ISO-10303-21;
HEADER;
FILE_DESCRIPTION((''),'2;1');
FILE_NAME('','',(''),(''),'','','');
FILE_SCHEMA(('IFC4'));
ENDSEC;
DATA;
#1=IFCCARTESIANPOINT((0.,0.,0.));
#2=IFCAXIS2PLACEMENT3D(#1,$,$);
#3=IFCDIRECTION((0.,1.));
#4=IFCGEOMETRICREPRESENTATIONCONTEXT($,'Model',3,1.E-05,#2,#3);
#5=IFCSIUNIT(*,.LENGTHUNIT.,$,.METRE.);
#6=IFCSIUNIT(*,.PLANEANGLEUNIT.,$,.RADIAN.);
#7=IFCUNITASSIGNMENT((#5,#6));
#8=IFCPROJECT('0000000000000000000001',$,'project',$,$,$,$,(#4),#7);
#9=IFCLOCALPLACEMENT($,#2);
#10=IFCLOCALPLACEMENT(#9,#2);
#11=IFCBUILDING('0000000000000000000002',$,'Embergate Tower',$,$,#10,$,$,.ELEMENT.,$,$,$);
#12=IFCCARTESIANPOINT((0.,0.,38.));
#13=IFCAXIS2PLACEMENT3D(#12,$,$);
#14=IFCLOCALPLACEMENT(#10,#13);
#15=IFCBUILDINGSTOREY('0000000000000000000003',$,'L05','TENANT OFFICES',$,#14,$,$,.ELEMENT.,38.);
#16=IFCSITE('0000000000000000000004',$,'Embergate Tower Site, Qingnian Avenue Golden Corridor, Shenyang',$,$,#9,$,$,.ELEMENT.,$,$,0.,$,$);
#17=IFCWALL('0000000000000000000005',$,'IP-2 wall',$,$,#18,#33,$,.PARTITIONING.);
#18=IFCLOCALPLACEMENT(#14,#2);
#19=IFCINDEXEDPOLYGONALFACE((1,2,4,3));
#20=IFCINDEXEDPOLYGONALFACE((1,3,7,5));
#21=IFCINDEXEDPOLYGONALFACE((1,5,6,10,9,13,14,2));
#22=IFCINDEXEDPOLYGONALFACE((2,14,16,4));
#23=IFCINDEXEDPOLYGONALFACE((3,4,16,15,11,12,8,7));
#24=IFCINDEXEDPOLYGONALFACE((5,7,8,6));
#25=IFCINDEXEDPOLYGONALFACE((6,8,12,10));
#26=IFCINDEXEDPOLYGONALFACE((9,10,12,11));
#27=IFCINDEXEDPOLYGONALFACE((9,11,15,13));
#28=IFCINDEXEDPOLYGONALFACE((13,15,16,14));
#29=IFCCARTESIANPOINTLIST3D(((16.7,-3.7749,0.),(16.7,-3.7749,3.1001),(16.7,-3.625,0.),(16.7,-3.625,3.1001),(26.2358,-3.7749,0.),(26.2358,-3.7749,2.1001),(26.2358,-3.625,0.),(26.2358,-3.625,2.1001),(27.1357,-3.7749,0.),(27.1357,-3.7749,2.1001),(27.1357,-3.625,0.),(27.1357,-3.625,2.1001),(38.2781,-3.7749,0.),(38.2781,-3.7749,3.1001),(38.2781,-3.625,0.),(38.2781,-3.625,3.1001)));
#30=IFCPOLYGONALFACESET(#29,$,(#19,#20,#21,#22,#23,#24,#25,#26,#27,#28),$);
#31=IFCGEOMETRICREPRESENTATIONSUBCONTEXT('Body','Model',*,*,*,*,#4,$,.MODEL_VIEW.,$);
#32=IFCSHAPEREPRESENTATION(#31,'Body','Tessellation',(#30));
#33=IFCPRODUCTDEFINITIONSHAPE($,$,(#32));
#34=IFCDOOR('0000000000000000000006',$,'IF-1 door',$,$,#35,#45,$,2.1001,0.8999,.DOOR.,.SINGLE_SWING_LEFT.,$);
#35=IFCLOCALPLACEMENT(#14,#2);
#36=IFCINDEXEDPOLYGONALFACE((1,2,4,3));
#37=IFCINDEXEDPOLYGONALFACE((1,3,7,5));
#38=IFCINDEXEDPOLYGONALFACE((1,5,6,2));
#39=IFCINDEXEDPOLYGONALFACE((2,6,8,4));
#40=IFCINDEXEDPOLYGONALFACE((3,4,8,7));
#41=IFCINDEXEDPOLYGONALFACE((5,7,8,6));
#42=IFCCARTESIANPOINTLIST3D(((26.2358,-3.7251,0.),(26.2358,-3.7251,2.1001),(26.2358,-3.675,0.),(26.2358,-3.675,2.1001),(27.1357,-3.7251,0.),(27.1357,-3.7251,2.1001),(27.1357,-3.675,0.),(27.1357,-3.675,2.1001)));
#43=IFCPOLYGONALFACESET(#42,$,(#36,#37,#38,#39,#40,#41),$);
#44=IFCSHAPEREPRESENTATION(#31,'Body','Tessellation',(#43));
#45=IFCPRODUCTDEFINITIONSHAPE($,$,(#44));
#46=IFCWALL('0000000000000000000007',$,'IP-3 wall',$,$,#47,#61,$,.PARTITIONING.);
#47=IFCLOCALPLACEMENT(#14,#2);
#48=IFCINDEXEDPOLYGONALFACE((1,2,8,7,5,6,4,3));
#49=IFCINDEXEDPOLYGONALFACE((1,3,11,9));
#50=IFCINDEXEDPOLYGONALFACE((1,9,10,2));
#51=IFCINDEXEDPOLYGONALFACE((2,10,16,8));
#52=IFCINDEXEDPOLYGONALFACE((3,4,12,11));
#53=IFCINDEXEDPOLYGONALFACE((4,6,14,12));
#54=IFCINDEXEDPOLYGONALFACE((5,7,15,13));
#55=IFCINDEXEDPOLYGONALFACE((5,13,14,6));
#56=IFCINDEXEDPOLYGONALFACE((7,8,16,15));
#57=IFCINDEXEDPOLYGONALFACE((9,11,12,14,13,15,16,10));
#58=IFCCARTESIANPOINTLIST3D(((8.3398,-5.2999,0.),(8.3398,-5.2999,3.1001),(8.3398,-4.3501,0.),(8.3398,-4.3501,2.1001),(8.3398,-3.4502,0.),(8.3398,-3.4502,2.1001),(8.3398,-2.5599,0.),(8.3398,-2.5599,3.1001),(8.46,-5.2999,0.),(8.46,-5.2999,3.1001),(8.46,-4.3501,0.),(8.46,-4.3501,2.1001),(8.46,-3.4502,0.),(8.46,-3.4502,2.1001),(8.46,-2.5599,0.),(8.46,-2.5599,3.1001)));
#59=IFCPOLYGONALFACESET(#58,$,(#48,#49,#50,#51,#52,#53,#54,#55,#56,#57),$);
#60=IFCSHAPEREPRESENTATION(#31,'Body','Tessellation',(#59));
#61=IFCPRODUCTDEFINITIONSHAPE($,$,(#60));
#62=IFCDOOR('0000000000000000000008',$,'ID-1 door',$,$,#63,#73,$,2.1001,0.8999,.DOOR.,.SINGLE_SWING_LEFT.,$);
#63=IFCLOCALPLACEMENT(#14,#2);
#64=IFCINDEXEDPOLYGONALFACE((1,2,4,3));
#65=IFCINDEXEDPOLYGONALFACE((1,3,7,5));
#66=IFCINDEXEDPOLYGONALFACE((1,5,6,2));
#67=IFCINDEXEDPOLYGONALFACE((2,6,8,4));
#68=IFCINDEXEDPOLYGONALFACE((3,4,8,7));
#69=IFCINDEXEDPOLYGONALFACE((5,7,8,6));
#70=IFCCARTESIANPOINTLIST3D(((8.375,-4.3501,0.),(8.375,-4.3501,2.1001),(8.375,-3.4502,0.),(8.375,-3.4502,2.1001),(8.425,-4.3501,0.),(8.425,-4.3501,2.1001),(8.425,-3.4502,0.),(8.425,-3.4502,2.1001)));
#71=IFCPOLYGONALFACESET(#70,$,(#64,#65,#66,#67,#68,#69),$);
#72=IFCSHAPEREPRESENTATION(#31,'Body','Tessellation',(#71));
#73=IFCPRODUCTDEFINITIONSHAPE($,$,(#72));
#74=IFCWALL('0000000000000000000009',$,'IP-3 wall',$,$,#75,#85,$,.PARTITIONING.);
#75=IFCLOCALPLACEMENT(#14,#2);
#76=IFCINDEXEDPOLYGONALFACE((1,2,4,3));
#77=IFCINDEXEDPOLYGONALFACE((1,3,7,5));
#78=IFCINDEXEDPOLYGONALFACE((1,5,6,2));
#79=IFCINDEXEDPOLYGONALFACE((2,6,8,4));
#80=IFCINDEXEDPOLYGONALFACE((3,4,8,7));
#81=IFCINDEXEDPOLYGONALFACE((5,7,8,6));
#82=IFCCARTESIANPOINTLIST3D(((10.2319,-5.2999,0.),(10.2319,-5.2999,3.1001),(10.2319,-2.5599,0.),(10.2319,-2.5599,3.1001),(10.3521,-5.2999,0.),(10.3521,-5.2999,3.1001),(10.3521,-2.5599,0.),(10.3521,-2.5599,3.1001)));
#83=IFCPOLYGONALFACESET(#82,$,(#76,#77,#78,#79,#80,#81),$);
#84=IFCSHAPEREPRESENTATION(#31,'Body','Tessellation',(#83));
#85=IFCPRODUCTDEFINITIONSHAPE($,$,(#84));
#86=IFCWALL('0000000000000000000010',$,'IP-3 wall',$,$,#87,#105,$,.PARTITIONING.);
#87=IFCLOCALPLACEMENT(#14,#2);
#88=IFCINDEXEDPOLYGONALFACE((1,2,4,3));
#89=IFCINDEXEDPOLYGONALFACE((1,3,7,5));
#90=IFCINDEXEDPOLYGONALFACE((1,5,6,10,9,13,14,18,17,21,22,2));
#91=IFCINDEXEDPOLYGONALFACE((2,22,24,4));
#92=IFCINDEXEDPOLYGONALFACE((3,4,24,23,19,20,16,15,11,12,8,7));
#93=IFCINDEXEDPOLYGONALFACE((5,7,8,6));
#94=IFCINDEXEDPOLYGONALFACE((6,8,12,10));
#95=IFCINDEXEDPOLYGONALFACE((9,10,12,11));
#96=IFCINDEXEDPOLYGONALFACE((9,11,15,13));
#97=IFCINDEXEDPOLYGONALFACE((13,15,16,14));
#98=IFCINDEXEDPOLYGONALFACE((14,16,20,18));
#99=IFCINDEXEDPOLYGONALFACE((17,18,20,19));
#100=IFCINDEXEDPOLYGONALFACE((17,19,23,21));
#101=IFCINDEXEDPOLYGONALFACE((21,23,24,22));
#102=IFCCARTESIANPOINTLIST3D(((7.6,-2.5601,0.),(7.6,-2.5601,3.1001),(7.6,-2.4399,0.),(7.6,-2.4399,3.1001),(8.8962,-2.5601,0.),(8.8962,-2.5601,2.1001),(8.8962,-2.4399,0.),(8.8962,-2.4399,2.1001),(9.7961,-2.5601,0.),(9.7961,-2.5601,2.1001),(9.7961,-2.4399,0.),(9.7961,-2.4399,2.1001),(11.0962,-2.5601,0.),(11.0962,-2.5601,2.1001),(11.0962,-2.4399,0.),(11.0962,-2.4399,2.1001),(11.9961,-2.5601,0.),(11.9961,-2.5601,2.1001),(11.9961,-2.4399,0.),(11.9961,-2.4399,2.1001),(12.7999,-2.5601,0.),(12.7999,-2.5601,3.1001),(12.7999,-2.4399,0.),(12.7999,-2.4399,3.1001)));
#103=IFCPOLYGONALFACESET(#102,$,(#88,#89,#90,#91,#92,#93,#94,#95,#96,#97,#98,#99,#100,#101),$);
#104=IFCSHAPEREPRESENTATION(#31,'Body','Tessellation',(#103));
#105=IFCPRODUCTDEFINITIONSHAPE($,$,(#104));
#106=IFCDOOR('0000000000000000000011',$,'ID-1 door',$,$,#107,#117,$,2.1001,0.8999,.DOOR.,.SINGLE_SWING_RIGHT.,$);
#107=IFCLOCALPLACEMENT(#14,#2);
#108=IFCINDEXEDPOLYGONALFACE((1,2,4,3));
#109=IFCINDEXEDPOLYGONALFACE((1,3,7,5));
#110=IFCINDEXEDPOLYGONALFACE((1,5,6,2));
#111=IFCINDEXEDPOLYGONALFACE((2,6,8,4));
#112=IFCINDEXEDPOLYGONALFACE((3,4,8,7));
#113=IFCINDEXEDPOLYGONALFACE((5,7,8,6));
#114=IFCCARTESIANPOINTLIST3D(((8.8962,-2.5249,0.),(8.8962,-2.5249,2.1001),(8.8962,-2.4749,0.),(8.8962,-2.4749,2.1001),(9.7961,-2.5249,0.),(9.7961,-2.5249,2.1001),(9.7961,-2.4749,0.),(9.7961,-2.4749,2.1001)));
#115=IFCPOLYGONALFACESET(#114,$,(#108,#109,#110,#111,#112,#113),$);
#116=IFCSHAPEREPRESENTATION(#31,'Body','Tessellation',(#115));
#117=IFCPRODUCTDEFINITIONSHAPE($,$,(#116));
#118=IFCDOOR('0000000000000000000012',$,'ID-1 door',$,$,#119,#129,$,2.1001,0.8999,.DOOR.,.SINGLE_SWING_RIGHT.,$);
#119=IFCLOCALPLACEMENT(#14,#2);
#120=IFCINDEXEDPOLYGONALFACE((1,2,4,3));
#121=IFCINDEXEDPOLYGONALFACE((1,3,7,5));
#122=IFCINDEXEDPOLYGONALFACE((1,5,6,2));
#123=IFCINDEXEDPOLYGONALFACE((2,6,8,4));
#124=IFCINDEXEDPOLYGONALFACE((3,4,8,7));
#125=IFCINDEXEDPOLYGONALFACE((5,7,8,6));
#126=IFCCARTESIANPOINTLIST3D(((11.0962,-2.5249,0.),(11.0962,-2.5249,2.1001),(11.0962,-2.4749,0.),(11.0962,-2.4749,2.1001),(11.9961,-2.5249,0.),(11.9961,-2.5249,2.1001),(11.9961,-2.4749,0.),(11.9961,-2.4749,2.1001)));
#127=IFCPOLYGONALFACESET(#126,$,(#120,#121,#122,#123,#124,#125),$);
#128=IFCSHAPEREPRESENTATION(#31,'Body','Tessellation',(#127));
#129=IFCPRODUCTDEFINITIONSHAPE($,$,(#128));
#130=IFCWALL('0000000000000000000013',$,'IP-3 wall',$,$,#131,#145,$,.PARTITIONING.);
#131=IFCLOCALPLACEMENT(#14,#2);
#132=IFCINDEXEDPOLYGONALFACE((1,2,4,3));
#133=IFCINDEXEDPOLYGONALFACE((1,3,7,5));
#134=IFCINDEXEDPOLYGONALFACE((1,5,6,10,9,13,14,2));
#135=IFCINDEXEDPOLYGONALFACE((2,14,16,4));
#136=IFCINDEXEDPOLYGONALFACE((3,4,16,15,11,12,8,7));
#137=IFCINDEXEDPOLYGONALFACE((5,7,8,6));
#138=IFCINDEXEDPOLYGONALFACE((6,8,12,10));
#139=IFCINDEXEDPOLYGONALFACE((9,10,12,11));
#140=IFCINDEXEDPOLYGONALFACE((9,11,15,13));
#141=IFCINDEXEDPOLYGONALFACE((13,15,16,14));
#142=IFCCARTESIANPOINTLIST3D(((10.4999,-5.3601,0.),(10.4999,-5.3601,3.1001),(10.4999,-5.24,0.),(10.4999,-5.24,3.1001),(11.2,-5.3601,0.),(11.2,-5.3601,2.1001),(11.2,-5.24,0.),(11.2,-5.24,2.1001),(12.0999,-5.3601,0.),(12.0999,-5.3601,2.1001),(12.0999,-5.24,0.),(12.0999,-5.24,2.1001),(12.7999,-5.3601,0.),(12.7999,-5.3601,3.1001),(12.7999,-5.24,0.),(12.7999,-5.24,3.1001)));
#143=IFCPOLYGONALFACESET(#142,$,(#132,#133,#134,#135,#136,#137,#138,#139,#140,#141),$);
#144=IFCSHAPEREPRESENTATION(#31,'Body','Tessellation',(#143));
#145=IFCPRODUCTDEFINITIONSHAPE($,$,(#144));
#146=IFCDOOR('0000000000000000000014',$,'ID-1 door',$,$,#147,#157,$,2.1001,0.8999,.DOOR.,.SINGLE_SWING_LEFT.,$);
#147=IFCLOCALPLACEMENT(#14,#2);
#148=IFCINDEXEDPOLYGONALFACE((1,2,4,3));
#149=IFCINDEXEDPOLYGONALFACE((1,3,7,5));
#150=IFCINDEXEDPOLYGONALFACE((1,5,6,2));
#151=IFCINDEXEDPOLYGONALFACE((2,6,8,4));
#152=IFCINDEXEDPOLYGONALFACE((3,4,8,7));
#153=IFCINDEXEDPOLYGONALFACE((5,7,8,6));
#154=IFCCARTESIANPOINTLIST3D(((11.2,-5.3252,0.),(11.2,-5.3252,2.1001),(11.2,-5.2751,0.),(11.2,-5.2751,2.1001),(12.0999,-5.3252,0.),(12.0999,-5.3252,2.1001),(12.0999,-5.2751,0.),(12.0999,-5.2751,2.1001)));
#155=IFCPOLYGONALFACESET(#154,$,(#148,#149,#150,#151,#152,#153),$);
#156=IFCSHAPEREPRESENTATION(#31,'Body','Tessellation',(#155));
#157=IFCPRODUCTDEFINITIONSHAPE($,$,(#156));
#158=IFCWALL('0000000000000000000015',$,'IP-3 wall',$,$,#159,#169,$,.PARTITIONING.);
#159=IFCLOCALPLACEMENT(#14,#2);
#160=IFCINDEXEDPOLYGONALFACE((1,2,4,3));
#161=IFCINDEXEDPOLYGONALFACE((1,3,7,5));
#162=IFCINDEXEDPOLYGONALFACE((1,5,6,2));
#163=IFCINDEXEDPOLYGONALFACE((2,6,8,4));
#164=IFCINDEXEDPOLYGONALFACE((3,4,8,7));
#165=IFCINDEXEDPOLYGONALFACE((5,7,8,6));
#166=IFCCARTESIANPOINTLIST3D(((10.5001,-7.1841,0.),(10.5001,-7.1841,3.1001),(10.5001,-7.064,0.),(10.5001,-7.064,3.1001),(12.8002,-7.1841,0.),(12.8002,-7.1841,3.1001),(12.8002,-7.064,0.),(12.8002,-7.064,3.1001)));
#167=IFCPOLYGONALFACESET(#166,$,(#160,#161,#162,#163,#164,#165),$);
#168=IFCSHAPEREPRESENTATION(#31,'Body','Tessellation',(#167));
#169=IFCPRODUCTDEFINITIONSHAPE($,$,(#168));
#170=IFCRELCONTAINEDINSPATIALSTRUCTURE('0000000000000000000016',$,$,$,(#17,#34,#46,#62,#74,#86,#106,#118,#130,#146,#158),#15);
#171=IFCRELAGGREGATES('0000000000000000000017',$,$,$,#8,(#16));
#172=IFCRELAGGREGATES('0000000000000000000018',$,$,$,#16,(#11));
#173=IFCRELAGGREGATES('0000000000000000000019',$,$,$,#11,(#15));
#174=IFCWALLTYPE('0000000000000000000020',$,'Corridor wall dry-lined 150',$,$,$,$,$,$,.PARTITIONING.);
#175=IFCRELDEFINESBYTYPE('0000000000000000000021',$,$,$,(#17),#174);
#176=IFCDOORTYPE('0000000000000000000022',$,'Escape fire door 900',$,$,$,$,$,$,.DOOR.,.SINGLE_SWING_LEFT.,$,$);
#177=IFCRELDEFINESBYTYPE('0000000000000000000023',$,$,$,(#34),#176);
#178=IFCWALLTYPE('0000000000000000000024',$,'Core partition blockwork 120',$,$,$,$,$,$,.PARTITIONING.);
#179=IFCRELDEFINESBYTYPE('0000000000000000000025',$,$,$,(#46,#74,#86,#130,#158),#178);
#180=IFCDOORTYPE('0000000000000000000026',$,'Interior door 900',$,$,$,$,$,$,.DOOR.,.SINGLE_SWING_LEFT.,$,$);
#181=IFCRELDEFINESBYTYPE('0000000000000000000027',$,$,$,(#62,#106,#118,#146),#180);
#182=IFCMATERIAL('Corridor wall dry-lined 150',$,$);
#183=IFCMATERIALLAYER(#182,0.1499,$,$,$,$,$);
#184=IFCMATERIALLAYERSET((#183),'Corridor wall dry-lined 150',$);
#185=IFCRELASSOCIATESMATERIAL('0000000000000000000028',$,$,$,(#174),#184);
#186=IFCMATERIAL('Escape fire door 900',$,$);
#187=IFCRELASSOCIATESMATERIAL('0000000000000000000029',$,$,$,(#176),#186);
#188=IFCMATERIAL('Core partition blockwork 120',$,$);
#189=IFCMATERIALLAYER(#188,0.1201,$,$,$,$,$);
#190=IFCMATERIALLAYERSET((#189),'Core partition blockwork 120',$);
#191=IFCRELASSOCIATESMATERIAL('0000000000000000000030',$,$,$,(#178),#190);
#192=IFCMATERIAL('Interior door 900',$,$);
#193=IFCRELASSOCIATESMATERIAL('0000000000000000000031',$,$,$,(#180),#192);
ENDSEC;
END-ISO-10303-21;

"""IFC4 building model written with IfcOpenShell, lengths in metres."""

from ifc_helpers import new_model, si_unit, direction, frame, frame_2d, origin, place, context, subcontext, project, spatial, rectangle, extrude, source, transform, mapped, material, layer, layer_set, type_object, element, fill, save


model = new_model("IFC4")

# Units and contexts
model_context = context("Model", 3, precision=1e-05, world=origin(), true_north=direction((0.0, 1.0)))
body_context = subcontext(model_context, "Body", "Model", "MODEL_VIEW")
ifc_project = project(units=[si_unit("LENGTHUNIT", "METRE"), si_unit("PLANEANGLEUNIT", "RADIAN")], contexts=[model_context])

# Site, building, storey
site_placement = place(None, origin())
site = spatial("IfcSite", under=ifc_project, at=site_placement, Name="Embergate Tower Site, Qingnian Avenue Golden Corridor, Shenyang", CompositionType="ELEMENT", RefElevation=0.0)
building_placement = place(site_placement, origin())
building = spatial("IfcBuilding", under=site, at=building_placement, Name="Embergate Tower", CompositionType="ELEMENT")
storey_placement = place(building_placement, frame((0.0, 0.0, 38.0)))
storey = spatial("IfcBuildingStorey", under=building, at=storey_placement, Name="L05", Description="TENANT OFFICES", CompositionType="ELEMENT", Elevation=38.0)

# Walls, openings, doors
ifc_material_1 = material(Name="Corridor wall dry-lined 150")
ifc_layer_1 = layer(ifc_material_1, 0.1499)
ifc_layer_set_1 = layer_set([ifc_layer_1], Name="Corridor wall dry-lined 150")
wall_type_1 = type_object("IfcWallType", Name="Corridor wall dry-lined 150", PredefinedType="PARTITIONING", material=ifc_layer_set_1)
shared_shape_1 = source(origin(), body_context, "Body", "SweptSolid", [
    extrude(rectangle(XDim=21.5781, YDim=0.1499, at=frame_2d((10.7891, 0.0))), origin(), (0.0, 0.0, 1.0), 3.1001),
])
wall_1_placement = place(storey_placement, frame((16.7, -3.7, 0.0), z_axis=(0.0, 0.0, 1.0), x_axis=(1.0, 0.0, 0.0)))
wall_1 = element("IfcWall", 1, at=wall_1_placement, inside=storey, type_object=wall_type_1, Name="IP-2 wall", PredefinedType="PARTITIONING", context=body_context, shape_type="MappedRepresentation", body=[
    mapped(shared_shape_1, transform((0.0, 0.0, 0.0))),
])
shared_shape_2 = source(origin(), body_context, "Body", "SweptSolid", [
    extrude(rectangle(XDim=0.8999, YDim=2.1001, at=frame_2d((0.45, 1.05))), frame((0.0, 0.085, 0.0), z_axis=(0.0, -1.0, 0.0), x_axis=(1.0, 0.0, 0.0)), (0.0, 0.0, 1.0), 0.1699),
])
opening_1_placement = place(wall_1_placement, frame((9.5359, 0.0, 0.0)))
opening_1 = element("IfcOpeningElement", 2, at=opening_1_placement, cuts=wall_1, PredefinedType="OPENING", context=body_context, shape_type="MappedRepresentation", body=[
    mapped(shared_shape_2, transform((0.0, 0.0, 0.0))),
])
ifc_material_2 = material(Name="Escape fire door 900")
door_type_1 = type_object("IfcDoorType", Name="Escape fire door 900", OperationType="SINGLE_SWING_LEFT", PredefinedType="DOOR", material=ifc_material_2)
shared_shape_3 = source(origin(), body_context, "Body", "SweptSolid", [
    extrude(rectangle(XDim=0.8999, YDim=2.1001, at=frame_2d((0.45, 1.05))), frame((0.0, 0.0249, 0.0), z_axis=(0.0, -1.0, 0.0), x_axis=(1.0, 0.0, 0.0)), (0.0, 0.0, 1.0), 0.05),
])
door_1_placement = place(opening_1_placement, origin())
door_1 = element("IfcDoor", 3, at=door_1_placement, inside=storey, type_object=door_type_1, Name="IF-1 door", OperationType="SINGLE_SWING_LEFT", OverallHeight=2.1001, OverallWidth=0.8999, PredefinedType="DOOR", context=body_context, shape_type="MappedRepresentation", body=[
    mapped(shared_shape_3, transform((0.0, 0.0, 0.0))),
])
fill(opening_1, door_1)
ifc_material_3 = material(Name="Core partition blockwork 120")
ifc_layer_2 = layer(ifc_material_3, 0.1201)
ifc_layer_set_2 = layer_set([ifc_layer_2], Name="Core partition blockwork 120")
wall_type_2 = type_object("IfcWallType", Name="Core partition blockwork 120", PredefinedType="PARTITIONING", material=ifc_layer_set_2)
shared_shape_4 = source(origin(), body_context, "Body", "SweptSolid", [
    extrude(rectangle(XDim=2.74, YDim=0.1201, at=frame_2d((1.3701, 0.0))), origin(), (0.0, 0.0, 1.0), 3.1001),
])
wall_2_placement = place(storey_placement, frame((8.3999, -5.3, 0.0), z_axis=(0.0, 0.0, 1.0), x_axis=(0.0, 1.0, 0.0)))
wall_2 = element("IfcWall", 4, at=wall_2_placement, inside=storey, type_object=wall_type_2, Name="IP-3 wall", PredefinedType="PARTITIONING", context=body_context, shape_type="MappedRepresentation", body=[
    mapped(shared_shape_4, transform((0.0, 0.0, 0.0))),
])
shared_shape_5 = source(origin(), body_context, "Body", "SweptSolid", [
    extrude(rectangle(XDim=0.8999, YDim=2.1001, at=frame_2d((0.45, 1.05))), frame((0.0, 0.0701, 0.0), z_axis=(0.0, -1.0, 0.0), x_axis=(1.0, 0.0, 0.0)), (0.0, 0.0, 1.0), 0.1401),
])
opening_2_placement = place(wall_2_placement, frame((0.95, 0.0, 0.0)))
opening_2 = element("IfcOpeningElement", 5, at=opening_2_placement, cuts=wall_2, PredefinedType="OPENING", context=body_context, shape_type="MappedRepresentation", body=[
    mapped(shared_shape_5, transform((0.0, 0.0, 0.0))),
])
ifc_material_4 = material(Name="Interior door 900")
door_type_2 = type_object("IfcDoorType", Name="Interior door 900", OperationType="SINGLE_SWING_LEFT", PredefinedType="DOOR", material=ifc_material_4)
door_2_placement = place(opening_2_placement, origin())
door_2 = element("IfcDoor", 6, at=door_2_placement, inside=storey, type_object=door_type_2, Name="ID-1 door", OperationType="SINGLE_SWING_LEFT", OverallHeight=2.1001, OverallWidth=0.8999, PredefinedType="DOOR", context=body_context, shape_type="MappedRepresentation", body=[
    mapped(shared_shape_3, transform((0.0, 0.0, 0.0))),
])
fill(opening_2, door_2)

# Wall
wall_3_placement = place(storey_placement, frame((10.292, -5.3, 0.0), z_axis=(0.0, 0.0, 1.0), x_axis=(0.0, 1.0, 0.0)))
element("IfcWall", 7, at=wall_3_placement, inside=storey, type_object=wall_type_2, Name="IP-3 wall", PredefinedType="PARTITIONING", context=body_context, shape_type="MappedRepresentation", body=[
    mapped(shared_shape_4, transform((0.0, 0.0, 0.0))),
])

# Wall, openings, doors
shared_shape_6 = source(origin(), body_context, "Body", "SweptSolid", [
    extrude(rectangle(XDim=5.2, YDim=0.1201, at=frame_2d((2.6001, 0.0))), origin(), (0.0, 0.0, 1.0), 3.1001),
])
wall_4_placement = place(storey_placement, frame((12.8, -2.5, 0.0), z_axis=(0.0, 0.0, 1.0), x_axis=(-1.0, 0.0, 0.0)))
wall_4 = element("IfcWall", 8, at=wall_4_placement, inside=storey, type_object=wall_type_2, Name="IP-3 wall", PredefinedType="PARTITIONING", context=body_context, shape_type="MappedRepresentation", body=[
    mapped(shared_shape_6, transform((0.0, 0.0, 0.0))),
])
opening_3_placement = place(wall_4_placement, frame((3.0039, 0.0, 0.0)))
opening_3 = element("IfcOpeningElement", 9, at=opening_3_placement, cuts=wall_4, PredefinedType="OPENING", context=body_context, shape_type="MappedRepresentation", body=[
    mapped(shared_shape_5, transform((0.0, 0.0, 0.0))),
])
opening_4_placement = place(wall_4_placement, frame((0.804, 0.0, 0.0)))
opening_4 = element("IfcOpeningElement", 10, at=opening_4_placement, cuts=wall_4, PredefinedType="OPENING", context=body_context, shape_type="MappedRepresentation", body=[
    mapped(shared_shape_5, transform((0.0, 0.0, 0.0))),
])
door_3_placement = place(opening_3_placement, origin())
door_3 = element("IfcDoor", 11, at=door_3_placement, inside=storey, type_object=door_type_2, Name="ID-1 door", OperationType="SINGLE_SWING_RIGHT", OverallHeight=2.1001, OverallWidth=0.8999, PredefinedType="DOOR", context=body_context, shape_type="MappedRepresentation", body=[
    mapped(shared_shape_3, transform((0.0, 0.0, 0.0))),
])
fill(opening_3, door_3)
door_4_placement = place(opening_4_placement, origin())
door_4 = element("IfcDoor", 12, at=door_4_placement, inside=storey, type_object=door_type_2, Name="ID-1 door", OperationType="SINGLE_SWING_RIGHT", OverallHeight=2.1001, OverallWidth=0.8999, PredefinedType="DOOR", context=body_context, shape_type="MappedRepresentation", body=[
    mapped(shared_shape_3, transform((0.0, 0.0, 0.0))),
])
fill(opening_4, door_4)

# Wall, opening, door
shared_shape_7 = source(origin(), body_context, "Body", "SweptSolid", [
    extrude(rectangle(XDim=2.3, YDim=0.1201, at=frame_2d((1.1499, 0.0))), origin(), (0.0, 0.0, 1.0), 3.1001),
])
wall_5_placement = place(storey_placement, frame((10.5, -5.3, 0.0), z_axis=(0.0, 0.0, 1.0), x_axis=(1.0, 0.0, 0.0)))
wall_5 = element("IfcWall", 13, at=wall_5_placement, inside=storey, type_object=wall_type_2, Name="IP-3 wall", PredefinedType="PARTITIONING", context=body_context, shape_type="MappedRepresentation", body=[
    mapped(shared_shape_7, transform((0.0, 0.0, 0.0))),
])
opening_5_placement = place(wall_5_placement, frame((0.7, 0.0, 0.0)))
opening_5 = element("IfcOpeningElement", 14, at=opening_5_placement, cuts=wall_5, PredefinedType="OPENING", context=body_context, shape_type="MappedRepresentation", body=[
    mapped(shared_shape_5, transform((0.0, 0.0, 0.0))),
])
door_5_placement = place(opening_5_placement, origin())
door_5 = element("IfcDoor", 15, at=door_5_placement, inside=storey, type_object=door_type_2, Name="ID-1 door", OperationType="SINGLE_SWING_LEFT", OverallHeight=2.1001, OverallWidth=0.8999, PredefinedType="DOOR", context=body_context, shape_type="MappedRepresentation", body=[
    mapped(shared_shape_3, transform((0.0, 0.0, 0.0))),
])
fill(opening_5, door_5)

# Wall
wall_6_placement = place(storey_placement, frame((12.8, -7.124, 0.0), z_axis=(0.0, 0.0, 1.0), x_axis=(-1.0, 0.0, 0.0)))
element("IfcWall", 16, at=wall_6_placement, inside=storey, type_object=wall_type_2, Name="IP-3 wall", PredefinedType="PARTITIONING", context=body_context, shape_type="MappedRepresentation", body=[
    mapped(shared_shape_7, transform((0.0, 0.0, 0.0))),
])

save(model, "model.ifc")
